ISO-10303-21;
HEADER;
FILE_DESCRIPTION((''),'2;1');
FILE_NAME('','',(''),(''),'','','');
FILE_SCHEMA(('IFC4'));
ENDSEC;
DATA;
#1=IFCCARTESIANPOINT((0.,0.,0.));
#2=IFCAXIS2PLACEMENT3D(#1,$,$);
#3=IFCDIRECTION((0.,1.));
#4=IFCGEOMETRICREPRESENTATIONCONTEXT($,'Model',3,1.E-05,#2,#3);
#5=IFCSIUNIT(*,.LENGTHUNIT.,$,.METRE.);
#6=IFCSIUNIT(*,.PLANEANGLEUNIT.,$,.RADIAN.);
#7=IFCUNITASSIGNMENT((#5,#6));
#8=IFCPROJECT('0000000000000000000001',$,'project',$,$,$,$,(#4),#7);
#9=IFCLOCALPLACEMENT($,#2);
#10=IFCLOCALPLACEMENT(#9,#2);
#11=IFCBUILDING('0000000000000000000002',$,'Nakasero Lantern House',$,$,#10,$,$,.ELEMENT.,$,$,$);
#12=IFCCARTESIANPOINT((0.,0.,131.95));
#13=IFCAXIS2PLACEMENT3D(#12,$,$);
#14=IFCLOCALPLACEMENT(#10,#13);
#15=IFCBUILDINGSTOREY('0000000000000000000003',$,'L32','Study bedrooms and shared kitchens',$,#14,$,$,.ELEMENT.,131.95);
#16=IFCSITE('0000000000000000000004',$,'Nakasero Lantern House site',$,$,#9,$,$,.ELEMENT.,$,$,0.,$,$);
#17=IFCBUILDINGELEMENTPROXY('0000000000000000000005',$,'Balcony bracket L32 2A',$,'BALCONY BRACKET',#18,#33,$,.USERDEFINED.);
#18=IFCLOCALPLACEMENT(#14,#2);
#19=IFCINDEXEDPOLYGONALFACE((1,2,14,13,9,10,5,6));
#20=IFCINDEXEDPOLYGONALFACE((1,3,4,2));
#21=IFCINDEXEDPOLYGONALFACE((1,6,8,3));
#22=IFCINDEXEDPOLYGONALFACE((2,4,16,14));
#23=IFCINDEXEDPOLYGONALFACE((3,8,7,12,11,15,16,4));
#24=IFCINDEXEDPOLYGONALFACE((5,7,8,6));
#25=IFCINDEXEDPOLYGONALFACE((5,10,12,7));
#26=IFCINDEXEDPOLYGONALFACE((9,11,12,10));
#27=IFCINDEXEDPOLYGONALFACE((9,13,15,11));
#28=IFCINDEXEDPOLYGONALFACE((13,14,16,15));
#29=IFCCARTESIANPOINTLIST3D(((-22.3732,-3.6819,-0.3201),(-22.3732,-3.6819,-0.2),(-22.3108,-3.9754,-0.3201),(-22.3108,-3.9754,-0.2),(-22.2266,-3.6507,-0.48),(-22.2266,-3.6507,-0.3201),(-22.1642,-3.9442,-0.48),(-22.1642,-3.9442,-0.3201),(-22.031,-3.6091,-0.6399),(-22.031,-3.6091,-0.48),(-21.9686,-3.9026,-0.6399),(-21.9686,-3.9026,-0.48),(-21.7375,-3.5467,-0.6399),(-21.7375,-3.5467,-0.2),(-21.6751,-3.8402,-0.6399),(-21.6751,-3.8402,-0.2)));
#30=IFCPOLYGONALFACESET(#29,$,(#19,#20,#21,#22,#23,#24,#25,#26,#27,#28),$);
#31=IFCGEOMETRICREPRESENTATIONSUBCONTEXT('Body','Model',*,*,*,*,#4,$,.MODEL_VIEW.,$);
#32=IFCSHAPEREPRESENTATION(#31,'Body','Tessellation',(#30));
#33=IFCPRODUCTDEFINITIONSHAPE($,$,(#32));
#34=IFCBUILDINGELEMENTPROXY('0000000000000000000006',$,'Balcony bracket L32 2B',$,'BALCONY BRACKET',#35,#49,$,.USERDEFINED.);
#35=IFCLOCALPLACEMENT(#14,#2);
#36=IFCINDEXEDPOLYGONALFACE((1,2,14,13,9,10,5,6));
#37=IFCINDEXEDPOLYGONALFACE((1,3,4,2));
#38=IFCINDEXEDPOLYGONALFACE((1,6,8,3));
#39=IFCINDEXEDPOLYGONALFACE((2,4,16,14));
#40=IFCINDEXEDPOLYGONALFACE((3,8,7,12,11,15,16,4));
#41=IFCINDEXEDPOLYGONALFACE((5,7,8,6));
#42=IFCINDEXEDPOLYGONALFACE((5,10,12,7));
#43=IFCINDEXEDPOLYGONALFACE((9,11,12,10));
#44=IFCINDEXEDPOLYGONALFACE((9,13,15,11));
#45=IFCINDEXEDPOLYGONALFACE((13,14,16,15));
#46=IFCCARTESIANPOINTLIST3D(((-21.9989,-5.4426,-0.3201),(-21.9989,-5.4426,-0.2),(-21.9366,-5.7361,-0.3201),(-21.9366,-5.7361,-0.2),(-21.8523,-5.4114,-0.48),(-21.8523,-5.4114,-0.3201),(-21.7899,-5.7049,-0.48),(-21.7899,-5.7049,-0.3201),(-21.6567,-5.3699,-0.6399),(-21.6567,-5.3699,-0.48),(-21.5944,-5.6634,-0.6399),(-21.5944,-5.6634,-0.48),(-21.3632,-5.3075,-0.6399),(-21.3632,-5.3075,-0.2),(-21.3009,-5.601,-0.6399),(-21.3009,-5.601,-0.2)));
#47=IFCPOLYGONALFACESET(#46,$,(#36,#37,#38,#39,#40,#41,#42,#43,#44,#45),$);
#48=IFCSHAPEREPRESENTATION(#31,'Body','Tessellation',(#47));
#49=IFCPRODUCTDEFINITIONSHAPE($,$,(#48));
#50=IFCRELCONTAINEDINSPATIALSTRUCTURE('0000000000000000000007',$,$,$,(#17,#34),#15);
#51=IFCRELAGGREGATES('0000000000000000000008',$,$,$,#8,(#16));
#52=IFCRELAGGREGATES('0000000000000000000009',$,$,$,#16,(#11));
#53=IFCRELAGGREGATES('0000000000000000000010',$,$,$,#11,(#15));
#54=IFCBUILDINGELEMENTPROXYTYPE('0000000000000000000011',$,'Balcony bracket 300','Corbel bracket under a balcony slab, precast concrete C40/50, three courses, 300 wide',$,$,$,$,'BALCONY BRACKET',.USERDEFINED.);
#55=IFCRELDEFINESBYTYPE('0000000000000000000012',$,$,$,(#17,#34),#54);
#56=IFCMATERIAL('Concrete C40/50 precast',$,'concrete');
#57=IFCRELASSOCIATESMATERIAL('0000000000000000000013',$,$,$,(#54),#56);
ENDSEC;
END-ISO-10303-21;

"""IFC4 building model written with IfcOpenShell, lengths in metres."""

from ifc_helpers import new_model, si_unit, direction, frame, origin, place, context, subcontext, project, spatial, polyline, outline, extrude, material, type_object, element, save


model = new_model("IFC4")

# Units and contexts
model_context = context("Model", 3, precision=1e-05, world=origin(), true_north=direction((0.0, 1.0)))
body_context = subcontext(model_context, "Body", "Model", "MODEL_VIEW")
ifc_project = project(units=[si_unit("LENGTHUNIT", "METRE"), si_unit("PLANEANGLEUNIT", "RADIAN")], contexts=[model_context])

# Site, building, storey
site_placement = place(None, origin())
site = spatial("IfcSite", under=ifc_project, at=site_placement, Name="Nakasero Lantern House site", CompositionType="ELEMENT", RefElevation=0.0)
building_placement = place(site_placement, origin())
building = spatial("IfcBuilding", under=site, at=building_placement, Name="Nakasero Lantern House", CompositionType="ELEMENT")
storey_placement = place(building_placement, frame((0.0, 0.0, 131.95)))
storey = spatial("IfcBuildingStorey", under=building, at=storey_placement, Name="L32", Description="Study bedrooms and shared kitchens", CompositionType="ELEMENT", Elevation=131.95)

# Building element proxies
ifc_material_1 = material(Name="Concrete C40/50 precast", Category="concrete")
building_element_proxy_type = type_object("IfcBuildingElementProxyType", Name="Balcony bracket 300", Description="Corbel bracket under a balcony slab, precast concrete C40/50, three courses, 300 wide", ElementType="BALCONY BRACKET", PredefinedType="USERDEFINED", material=ifc_material_1)
for number, where, z_axis, x_axis, name in (
    (1, (-21.7063, -3.6936, -0.2), (0.0, 0.0, 1.0), (-0.978148, -0.207912, 0.0), "Balcony bracket L32 2A"),
    (2, (-21.332, -5.4543, -0.2), (0.0, 0.0, 1.0), (-0.978148, -0.207912, 0.0), "Balcony bracket L32 2B"),
):
    element("IfcBuildingElementProxy", number, at=place(storey_placement, frame(where, z_axis=z_axis, x_axis=x_axis)), inside=storey, type_object=building_element_proxy_type, Name=name, ObjectType="BALCONY BRACKET", PredefinedType="USERDEFINED", context=body_context, shape_type="SweptSolid", body=[
        extrude(outline(polyline([(0.0, 0.0), (0.6499, 0.0), (0.6499, -0.1201), (0.5, -0.1201), (0.5, -0.28), (0.3, -0.28), (0.3, -0.4399), (0.0, -0.4399), (0.0, 0.0)])), frame((0.0, 0.1499, 0.0), z_axis=(0.0, -1.0, 0.0), x_axis=(1.0, 0.0, 0.0)), (0.0, 0.0, 1.0), 0.3),
    ])

save(model, "model.ifc")
